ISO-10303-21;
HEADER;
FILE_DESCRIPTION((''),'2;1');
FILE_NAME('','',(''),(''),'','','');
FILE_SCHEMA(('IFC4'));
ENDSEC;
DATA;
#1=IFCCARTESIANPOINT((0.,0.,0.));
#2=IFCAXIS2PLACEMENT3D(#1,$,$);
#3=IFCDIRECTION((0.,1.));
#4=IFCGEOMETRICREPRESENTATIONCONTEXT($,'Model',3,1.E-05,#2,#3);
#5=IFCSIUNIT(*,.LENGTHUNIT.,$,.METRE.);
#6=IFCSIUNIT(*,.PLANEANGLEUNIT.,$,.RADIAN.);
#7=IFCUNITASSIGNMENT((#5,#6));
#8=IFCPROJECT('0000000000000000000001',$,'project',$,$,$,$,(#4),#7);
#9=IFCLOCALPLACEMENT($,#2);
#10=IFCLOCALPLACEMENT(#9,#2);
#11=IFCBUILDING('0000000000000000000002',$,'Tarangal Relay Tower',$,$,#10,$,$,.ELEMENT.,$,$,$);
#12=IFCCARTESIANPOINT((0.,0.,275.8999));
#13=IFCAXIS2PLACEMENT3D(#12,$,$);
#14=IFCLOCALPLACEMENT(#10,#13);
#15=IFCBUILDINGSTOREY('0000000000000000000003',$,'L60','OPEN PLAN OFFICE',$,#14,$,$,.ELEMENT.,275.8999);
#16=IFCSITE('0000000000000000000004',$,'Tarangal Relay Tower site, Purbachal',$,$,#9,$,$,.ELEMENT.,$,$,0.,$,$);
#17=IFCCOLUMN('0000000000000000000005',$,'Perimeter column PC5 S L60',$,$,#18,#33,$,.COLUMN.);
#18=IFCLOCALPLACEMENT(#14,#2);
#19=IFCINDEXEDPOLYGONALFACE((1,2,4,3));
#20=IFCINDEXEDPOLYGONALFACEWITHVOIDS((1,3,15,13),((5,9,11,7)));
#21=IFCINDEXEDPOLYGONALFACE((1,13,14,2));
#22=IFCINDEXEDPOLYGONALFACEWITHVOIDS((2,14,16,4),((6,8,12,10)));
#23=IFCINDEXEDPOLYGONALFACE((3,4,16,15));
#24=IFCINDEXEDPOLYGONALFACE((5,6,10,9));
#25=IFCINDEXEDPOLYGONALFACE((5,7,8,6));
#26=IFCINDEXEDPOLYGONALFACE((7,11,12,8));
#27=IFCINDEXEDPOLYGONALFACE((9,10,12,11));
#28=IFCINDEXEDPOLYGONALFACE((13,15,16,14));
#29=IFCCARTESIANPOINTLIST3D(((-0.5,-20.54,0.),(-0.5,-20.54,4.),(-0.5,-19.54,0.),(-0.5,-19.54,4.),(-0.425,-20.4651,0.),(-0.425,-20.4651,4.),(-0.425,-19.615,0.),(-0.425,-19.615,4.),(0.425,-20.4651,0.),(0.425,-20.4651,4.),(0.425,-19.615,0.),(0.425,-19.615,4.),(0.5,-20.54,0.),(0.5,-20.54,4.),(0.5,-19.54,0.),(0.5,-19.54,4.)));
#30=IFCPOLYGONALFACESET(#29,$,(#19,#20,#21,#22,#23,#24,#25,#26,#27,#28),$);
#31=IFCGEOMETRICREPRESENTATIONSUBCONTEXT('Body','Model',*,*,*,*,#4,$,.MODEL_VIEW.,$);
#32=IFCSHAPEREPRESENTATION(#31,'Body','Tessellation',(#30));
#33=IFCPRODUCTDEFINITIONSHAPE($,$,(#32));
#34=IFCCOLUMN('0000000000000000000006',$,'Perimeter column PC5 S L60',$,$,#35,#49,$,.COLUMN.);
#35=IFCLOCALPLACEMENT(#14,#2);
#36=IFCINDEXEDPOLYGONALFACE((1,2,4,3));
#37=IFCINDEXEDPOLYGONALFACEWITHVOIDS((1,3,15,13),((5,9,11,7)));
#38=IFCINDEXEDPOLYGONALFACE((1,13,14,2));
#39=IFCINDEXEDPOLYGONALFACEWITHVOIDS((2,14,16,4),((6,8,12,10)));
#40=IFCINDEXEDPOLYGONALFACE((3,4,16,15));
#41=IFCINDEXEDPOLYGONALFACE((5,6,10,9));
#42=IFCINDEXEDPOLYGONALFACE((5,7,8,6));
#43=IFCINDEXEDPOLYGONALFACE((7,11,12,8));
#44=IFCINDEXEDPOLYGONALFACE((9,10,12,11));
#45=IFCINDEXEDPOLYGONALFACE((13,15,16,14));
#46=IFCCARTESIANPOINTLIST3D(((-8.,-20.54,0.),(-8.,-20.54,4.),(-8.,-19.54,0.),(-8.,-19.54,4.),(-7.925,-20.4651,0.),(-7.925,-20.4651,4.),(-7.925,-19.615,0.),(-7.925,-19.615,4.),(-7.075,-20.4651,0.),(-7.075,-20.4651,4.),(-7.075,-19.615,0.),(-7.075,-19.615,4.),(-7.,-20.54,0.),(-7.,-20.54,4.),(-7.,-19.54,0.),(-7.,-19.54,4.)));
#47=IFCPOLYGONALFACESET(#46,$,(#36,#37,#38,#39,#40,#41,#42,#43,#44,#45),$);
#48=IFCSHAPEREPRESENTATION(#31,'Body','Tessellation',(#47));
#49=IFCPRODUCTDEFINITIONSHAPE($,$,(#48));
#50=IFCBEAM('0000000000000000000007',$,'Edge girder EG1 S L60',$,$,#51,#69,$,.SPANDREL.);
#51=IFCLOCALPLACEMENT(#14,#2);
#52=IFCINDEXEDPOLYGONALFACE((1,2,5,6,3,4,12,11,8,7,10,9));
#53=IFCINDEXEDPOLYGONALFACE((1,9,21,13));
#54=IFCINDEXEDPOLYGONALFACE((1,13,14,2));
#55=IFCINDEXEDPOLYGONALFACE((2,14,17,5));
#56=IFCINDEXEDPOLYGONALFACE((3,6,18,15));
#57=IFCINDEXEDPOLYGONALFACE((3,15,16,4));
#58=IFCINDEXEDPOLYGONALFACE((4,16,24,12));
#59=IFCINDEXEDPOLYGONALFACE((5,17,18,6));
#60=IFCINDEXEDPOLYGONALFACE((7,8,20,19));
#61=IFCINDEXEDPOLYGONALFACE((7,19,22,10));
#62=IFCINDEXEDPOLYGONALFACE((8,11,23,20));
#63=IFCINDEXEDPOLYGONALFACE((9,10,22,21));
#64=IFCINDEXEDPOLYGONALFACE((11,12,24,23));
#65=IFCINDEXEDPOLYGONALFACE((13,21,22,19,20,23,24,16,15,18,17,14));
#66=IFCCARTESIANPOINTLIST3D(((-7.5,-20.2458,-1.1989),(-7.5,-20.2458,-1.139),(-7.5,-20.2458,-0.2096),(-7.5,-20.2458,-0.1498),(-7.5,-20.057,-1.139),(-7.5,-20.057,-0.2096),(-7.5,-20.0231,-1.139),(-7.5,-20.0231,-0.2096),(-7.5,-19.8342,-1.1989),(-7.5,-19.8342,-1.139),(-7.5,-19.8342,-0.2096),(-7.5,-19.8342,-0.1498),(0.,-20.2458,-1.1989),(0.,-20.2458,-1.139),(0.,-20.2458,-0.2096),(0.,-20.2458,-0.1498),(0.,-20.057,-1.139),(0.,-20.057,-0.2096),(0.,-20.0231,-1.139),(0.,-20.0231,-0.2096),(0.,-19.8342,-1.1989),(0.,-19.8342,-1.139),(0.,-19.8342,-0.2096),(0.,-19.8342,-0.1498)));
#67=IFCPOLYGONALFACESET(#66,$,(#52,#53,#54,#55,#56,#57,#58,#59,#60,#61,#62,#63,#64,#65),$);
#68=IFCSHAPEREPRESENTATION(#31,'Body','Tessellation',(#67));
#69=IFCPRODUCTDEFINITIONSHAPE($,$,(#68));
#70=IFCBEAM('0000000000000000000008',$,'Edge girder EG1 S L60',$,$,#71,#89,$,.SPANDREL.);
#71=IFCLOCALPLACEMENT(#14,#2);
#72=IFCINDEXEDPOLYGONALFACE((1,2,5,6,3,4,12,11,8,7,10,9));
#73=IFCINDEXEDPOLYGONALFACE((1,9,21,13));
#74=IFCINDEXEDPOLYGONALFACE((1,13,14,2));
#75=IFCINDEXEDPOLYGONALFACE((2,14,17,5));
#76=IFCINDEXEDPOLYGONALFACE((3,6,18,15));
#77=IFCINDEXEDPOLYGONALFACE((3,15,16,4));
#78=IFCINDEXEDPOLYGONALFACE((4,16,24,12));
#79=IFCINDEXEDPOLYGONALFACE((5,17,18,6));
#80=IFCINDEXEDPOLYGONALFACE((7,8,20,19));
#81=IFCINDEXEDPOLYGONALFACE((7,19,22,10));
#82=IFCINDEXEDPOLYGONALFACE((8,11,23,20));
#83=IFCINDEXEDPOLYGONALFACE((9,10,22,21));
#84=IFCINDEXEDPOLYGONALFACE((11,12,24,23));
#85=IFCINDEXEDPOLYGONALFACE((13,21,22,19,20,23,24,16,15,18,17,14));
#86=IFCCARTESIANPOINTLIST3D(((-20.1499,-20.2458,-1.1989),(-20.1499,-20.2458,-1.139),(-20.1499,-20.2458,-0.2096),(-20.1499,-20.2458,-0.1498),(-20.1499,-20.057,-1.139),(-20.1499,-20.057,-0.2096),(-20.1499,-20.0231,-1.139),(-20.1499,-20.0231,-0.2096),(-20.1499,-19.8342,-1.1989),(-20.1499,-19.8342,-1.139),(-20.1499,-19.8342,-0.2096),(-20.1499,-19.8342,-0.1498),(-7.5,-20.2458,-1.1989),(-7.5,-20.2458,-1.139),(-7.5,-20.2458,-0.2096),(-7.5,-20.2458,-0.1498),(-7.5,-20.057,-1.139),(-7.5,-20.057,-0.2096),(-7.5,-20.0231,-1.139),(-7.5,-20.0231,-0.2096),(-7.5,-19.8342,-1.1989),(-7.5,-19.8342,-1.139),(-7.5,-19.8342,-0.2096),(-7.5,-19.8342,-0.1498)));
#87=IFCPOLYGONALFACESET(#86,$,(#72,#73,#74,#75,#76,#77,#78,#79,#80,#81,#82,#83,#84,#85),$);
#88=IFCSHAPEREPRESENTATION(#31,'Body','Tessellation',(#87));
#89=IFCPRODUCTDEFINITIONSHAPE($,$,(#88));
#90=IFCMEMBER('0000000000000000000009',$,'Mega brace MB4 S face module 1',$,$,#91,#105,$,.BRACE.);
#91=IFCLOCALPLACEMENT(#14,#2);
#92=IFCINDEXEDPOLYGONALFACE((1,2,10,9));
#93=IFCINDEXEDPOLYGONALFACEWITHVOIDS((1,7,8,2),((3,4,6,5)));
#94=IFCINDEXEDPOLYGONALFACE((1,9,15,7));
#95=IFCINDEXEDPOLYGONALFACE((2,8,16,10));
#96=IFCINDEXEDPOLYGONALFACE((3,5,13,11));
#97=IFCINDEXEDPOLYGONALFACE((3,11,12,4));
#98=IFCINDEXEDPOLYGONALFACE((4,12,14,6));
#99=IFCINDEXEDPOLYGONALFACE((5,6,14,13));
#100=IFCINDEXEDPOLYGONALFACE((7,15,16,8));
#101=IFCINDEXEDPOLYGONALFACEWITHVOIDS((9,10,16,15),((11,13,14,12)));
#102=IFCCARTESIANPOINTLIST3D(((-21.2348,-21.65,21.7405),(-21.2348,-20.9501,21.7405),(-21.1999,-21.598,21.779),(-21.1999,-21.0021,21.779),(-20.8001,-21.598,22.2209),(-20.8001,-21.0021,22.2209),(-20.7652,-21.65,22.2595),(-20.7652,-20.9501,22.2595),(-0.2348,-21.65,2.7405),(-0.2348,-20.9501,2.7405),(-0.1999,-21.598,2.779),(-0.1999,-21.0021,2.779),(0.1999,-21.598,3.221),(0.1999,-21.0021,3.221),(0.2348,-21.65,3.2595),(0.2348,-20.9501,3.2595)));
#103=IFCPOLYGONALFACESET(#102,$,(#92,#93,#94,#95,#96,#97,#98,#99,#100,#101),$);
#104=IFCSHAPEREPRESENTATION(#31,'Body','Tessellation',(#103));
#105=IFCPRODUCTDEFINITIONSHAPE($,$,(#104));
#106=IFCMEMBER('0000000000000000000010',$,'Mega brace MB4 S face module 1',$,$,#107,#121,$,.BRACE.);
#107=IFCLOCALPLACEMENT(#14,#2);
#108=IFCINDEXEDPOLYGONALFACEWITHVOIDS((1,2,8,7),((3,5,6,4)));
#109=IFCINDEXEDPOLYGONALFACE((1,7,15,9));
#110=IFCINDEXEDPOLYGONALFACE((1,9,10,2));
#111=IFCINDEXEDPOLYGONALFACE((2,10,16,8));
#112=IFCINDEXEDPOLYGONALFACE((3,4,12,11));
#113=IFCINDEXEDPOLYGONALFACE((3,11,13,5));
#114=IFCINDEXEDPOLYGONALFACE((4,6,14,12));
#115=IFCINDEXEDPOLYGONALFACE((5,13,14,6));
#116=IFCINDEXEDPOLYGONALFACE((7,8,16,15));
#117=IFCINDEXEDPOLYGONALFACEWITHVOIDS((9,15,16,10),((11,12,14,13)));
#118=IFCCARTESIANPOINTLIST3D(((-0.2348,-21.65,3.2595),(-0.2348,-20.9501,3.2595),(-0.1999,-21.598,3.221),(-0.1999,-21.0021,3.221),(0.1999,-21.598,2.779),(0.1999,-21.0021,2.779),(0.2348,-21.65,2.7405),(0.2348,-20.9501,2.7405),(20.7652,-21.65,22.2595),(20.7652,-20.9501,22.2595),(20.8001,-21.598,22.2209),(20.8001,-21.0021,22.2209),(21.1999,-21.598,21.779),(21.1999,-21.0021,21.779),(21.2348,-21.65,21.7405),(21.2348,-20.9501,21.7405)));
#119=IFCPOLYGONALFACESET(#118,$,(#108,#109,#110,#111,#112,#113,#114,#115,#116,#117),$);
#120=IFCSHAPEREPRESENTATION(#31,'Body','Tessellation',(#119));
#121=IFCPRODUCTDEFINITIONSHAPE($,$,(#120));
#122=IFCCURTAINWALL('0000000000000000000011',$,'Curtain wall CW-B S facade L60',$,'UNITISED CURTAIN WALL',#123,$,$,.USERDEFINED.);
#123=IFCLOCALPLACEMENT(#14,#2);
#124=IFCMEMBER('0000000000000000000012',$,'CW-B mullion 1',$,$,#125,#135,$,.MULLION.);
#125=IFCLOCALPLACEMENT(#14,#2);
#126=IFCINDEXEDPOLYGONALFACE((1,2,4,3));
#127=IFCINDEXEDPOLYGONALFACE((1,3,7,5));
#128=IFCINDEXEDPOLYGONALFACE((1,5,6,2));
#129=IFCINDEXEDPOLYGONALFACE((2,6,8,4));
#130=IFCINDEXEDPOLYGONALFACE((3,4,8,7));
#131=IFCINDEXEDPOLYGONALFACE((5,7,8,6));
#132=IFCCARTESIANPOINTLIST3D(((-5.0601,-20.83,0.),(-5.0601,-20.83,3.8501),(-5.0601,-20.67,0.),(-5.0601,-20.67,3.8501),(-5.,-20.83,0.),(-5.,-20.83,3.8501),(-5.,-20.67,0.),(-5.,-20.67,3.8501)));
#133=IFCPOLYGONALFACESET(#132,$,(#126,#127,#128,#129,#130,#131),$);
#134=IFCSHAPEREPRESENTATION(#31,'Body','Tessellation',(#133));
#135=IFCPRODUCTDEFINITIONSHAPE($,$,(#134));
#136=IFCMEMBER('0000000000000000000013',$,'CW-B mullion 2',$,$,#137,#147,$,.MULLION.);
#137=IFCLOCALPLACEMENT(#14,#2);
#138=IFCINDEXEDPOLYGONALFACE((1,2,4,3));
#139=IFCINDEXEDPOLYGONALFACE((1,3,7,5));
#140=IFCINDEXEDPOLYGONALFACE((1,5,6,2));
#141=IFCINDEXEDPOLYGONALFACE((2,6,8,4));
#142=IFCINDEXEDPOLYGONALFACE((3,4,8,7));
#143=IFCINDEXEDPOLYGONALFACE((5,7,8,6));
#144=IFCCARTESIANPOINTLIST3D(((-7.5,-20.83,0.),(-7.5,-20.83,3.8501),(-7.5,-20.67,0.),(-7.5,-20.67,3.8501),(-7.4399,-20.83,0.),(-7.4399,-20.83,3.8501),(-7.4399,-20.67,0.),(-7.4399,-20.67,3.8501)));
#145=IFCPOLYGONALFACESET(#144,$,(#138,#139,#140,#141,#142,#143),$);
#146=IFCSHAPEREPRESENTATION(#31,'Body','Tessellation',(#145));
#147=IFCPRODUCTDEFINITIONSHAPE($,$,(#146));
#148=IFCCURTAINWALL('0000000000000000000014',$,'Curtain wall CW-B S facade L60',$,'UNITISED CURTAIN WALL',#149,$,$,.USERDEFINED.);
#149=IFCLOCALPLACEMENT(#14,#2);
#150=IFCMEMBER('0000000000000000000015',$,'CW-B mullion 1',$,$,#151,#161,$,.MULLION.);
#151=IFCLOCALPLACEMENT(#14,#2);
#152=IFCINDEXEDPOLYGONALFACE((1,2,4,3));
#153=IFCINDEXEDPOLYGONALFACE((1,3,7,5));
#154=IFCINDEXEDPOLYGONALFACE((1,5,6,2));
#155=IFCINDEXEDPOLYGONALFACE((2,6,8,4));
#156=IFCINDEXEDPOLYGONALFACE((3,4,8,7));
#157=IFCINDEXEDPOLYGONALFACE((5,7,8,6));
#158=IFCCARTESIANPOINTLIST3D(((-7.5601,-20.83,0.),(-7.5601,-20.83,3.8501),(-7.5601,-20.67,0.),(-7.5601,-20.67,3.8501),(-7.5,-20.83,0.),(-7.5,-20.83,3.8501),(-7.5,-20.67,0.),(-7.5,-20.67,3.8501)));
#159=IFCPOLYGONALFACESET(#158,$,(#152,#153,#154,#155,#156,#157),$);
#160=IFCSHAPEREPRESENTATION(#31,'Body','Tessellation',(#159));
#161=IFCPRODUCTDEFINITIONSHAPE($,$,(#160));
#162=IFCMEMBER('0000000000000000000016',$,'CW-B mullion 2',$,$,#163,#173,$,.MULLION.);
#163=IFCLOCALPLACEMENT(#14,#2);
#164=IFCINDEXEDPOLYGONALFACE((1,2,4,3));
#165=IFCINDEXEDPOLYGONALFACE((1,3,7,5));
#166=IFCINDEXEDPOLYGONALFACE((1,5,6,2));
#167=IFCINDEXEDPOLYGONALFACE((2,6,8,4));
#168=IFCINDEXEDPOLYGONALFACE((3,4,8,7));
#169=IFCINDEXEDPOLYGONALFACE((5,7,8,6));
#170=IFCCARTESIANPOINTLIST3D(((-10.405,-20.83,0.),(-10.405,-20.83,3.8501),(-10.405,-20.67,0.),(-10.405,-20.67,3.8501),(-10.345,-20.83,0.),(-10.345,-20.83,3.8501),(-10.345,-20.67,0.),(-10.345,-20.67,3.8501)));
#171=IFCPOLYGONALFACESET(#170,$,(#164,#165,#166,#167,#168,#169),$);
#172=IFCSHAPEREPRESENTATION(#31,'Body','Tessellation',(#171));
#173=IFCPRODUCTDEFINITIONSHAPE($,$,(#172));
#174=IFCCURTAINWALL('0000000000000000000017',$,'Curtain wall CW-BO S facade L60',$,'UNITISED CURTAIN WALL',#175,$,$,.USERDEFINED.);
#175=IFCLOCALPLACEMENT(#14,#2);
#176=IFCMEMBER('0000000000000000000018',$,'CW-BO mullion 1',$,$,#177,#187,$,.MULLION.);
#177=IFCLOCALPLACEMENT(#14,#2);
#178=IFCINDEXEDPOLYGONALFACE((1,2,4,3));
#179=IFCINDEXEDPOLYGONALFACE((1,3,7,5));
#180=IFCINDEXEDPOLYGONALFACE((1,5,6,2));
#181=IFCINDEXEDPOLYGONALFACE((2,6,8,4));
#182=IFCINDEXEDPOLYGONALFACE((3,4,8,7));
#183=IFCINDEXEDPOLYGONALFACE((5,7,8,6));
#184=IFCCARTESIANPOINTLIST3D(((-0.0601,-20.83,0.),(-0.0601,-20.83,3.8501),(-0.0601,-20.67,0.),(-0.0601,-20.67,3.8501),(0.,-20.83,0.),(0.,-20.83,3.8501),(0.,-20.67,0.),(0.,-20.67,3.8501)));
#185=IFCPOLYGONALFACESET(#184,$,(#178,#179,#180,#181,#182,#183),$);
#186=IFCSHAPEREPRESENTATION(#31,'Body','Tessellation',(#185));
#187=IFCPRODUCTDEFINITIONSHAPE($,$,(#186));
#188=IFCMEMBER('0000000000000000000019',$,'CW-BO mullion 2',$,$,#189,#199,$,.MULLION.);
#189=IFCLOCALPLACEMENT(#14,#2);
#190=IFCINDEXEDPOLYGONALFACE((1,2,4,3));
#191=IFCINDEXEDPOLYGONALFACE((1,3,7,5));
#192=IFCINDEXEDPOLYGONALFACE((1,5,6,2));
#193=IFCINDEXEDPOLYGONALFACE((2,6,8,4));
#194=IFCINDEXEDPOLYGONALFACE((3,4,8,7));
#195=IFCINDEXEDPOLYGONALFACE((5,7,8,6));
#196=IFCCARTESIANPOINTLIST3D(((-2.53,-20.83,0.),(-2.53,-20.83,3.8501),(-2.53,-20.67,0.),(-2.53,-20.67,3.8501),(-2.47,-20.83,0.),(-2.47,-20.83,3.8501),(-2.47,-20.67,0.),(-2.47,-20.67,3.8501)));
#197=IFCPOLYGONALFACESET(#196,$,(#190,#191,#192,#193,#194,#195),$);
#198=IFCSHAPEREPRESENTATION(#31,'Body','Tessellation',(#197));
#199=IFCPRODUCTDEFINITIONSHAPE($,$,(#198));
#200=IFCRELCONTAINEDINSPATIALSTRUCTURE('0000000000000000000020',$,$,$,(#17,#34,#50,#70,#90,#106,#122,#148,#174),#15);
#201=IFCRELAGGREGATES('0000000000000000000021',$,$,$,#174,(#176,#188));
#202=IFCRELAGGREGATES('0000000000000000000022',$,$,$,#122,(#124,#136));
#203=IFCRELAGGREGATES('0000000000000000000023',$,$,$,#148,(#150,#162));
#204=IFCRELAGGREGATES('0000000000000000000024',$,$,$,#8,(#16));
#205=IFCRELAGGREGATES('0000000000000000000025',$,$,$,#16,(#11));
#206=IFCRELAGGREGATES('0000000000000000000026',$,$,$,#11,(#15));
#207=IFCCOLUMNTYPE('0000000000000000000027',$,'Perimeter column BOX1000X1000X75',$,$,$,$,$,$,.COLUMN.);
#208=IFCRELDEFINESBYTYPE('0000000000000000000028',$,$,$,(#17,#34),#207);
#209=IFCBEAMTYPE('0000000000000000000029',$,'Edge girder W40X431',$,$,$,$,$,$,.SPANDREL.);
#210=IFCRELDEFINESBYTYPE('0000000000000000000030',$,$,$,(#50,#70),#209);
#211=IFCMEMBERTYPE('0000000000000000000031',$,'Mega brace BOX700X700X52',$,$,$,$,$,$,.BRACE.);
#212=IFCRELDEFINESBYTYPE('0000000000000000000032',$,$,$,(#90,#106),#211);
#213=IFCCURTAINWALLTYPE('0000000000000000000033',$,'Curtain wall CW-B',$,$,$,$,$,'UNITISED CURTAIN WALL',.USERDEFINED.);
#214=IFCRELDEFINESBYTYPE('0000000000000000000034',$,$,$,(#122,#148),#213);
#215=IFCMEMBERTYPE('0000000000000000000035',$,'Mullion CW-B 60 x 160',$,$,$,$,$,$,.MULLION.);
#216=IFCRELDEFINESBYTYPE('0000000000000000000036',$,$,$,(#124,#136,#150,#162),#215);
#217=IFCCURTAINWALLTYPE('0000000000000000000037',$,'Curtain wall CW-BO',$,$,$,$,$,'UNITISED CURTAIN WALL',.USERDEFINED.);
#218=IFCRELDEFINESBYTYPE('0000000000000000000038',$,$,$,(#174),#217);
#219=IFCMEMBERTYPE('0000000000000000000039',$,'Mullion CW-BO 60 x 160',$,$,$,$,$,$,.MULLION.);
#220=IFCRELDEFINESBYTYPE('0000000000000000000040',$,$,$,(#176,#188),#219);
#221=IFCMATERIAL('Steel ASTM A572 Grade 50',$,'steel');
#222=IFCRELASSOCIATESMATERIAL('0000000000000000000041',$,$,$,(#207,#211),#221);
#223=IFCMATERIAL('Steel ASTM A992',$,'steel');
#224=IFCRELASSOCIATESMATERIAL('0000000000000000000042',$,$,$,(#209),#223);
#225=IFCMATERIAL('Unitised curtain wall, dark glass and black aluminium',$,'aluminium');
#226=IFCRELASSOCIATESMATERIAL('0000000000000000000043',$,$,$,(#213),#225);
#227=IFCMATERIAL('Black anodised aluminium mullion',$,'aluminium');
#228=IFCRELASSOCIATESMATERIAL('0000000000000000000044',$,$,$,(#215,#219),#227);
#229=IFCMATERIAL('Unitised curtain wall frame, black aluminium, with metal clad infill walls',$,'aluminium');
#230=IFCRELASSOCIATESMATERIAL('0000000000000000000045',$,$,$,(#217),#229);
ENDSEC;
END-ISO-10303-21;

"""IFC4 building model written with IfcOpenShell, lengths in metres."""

from ifc_helpers import new_model, si_unit, direction, frame, origin, origin_2d, place, context, subcontext, project, spatial, rectangle, hollow_rectangle, i_section, extrude, material, material_profile, profile_set, type_object, element, aggregate, save


model = new_model("IFC4")

# Units and contexts
model_context = context("Model", 3, precision=1e-05, world=origin(), true_north=direction((0.0, 1.0)))
body_context = subcontext(model_context, "Body", "Model", "MODEL_VIEW")
ifc_project = project(units=[si_unit("LENGTHUNIT", "METRE"), si_unit("PLANEANGLEUNIT", "RADIAN")], contexts=[model_context])

# Site, building, storey
site_placement = place(None, origin())
site = spatial("IfcSite", under=ifc_project, at=site_placement, Name="Tarangal Relay Tower site, Purbachal", CompositionType="ELEMENT", RefElevation=0.0)
building_placement = place(site_placement, origin())
building = spatial("IfcBuilding", under=site, at=building_placement, Name="Tarangal Relay Tower", CompositionType="ELEMENT")
storey_placement = place(building_placement, frame((0.0, 0.0, 275.8999)))
storey = spatial("IfcBuildingStorey", under=building, at=storey_placement, Name="L60", Description="OPEN PLAN OFFICE", CompositionType="ELEMENT", Elevation=275.8999)

# Columns
ifc_material_1 = material(Name="Steel ASTM A572 Grade 50", Category="steel")
ifc_material_profile_1 = material_profile(ifc_material_1, hollow_rectangle(XDim=1.0, YDim=1.0, WallThickness=0.075, at=origin_2d()), Name="BOX1000X1000X75")
ifc_profile_set_1 = profile_set([ifc_material_profile_1], Name="Steel ASTM A572 Grade 50")
column_type = type_object("IfcColumnType", Name="Perimeter column BOX1000X1000X75", PredefinedType="COLUMN", material=ifc_profile_set_1)
for number, where, z_axis, x_axis, name in (
    (1, (0.0, -20.04, 0.0), (0.0, 0.0, 1.0), (1.0, 0.0, 0.0), "Perimeter column PC5 S L60"),
    (2, (-7.5, -20.04, 0.0), (0.0, 0.0, 1.0), (1.0, 0.0, 0.0), "Perimeter column PC5 S L60"),
):
    element("IfcColumn", number, at=place(storey_placement, frame(where, z_axis=z_axis, x_axis=x_axis)), inside=storey, type_object=column_type, Name=name, PredefinedType="COLUMN", context=body_context, shape_type="SweptSolid", body=[
        extrude(hollow_rectangle(XDim=1.0, YDim=1.0, WallThickness=0.075, at=origin_2d()), origin(), (0.0, 0.0, 1.0), 4.0),
    ])

# Beams
ifc_material_2 = material(Name="Steel ASTM A992", Category="steel")
ifc_material_profile_2 = material_profile(ifc_material_2, i_section(OverallWidth=0.4116, OverallDepth=1.0491, WebThickness=0.0339, FlangeThickness=0.0598, at=origin_2d()), Name="W40X431")
ifc_profile_set_2 = profile_set([ifc_material_profile_2], Name="Steel ASTM A992")
beam_type = type_object("IfcBeamType", Name="Edge girder W40X431", PredefinedType="SPANDREL", material=ifc_profile_set_2)
beam_1_placement = place(storey_placement, frame((0.0, -20.04, -0.6743), z_axis=(-1.0, 0.0, 0.0), x_axis=(0.0, -1.0, 0.0)))
element("IfcBeam", 3, at=beam_1_placement, inside=storey, type_object=beam_type, Name="Edge girder EG1 S L60", PredefinedType="SPANDREL", context=body_context, shape_type="SweptSolid", body=[
    extrude(i_section(OverallWidth=0.4116, OverallDepth=1.0491, WebThickness=0.0339, FlangeThickness=0.0598, at=origin_2d()), origin(), (0.0, 0.0, 1.0), 7.5),
])
beam_2_placement = place(storey_placement, frame((-7.5, -20.04, -0.6743), z_axis=(-1.0, 0.0, 0.0), x_axis=(0.0, -1.0, 0.0)))
element("IfcBeam", 4, at=beam_2_placement, inside=storey, type_object=beam_type, Name="Edge girder EG1 S L60", PredefinedType="SPANDREL", context=body_context, shape_type="SweptSolid", body=[
    extrude(i_section(OverallWidth=0.4116, OverallDepth=1.0491, WebThickness=0.0339, FlangeThickness=0.0598, at=origin_2d()), origin(), (0.0, 0.0, 1.0), 12.6499),
])

# Members
ifc_material_profile_3 = material_profile(ifc_material_1, hollow_rectangle(XDim=0.7, YDim=0.7, WallThickness=0.052, at=origin_2d()), Name="BOX700X700X52")
ifc_profile_set_3 = profile_set([ifc_material_profile_3], Name="Steel ASTM A572 Grade 50")
member_type_1 = type_object("IfcMemberType", Name="Mega brace BOX700X700X52", PredefinedType="BRACE", material=ifc_profile_set_3)
for number, where, z_axis, x_axis, name in (
    (5, (0.0, -21.3, 3.0), (-0.741536, 0.0, 0.670913), (0.0, -1.0, 0.0), "Mega brace MB4 S face module 1"),
    (6, (0.0, -21.3, 3.0), (0.741536, 0.0, 0.670913), (0.0, 1.0, 0.0), "Mega brace MB4 S face module 1"),
):
    element("IfcMember", number, at=place(storey_placement, frame(where, z_axis=z_axis, x_axis=x_axis)), inside=storey, type_object=member_type_1, Name=name, PredefinedType="BRACE", context=body_context, shape_type="SweptSolid", body=[
        extrude(hollow_rectangle(XDim=0.7, YDim=0.7, WallThickness=0.052, at=origin_2d()), origin(), (0.0, 0.0, 1.0), 28.3196),
    ])

# Curtain walls, members
ifc_material_3 = material(Name="Unitised curtain wall, dark glass and black aluminium", Category="aluminium")
curtain_wall_type_1 = type_object("IfcCurtainWallType", Name="Curtain wall CW-B", ElementType="UNITISED CURTAIN WALL", PredefinedType="USERDEFINED", material=ifc_material_3)
curtain_wall_1_placement = place(storey_placement, origin())
curtain_wall_1 = element("IfcCurtainWall", 7, at=curtain_wall_1_placement, inside=storey, type_object=curtain_wall_type_1, Name="Curtain wall CW-B S facade L60", ObjectType="UNITISED CURTAIN WALL", PredefinedType="USERDEFINED")
ifc_material_4 = material(Name="Black anodised aluminium mullion", Category="aluminium")
ifc_material_profile_4 = material_profile(ifc_material_4, rectangle(XDim=0.1599, YDim=0.0601, at=origin_2d()), Name="CW-BM 60X160")
ifc_profile_set_4 = profile_set([ifc_material_profile_4], Name="Black anodised aluminium mullion")
member_type_2 = type_object("IfcMemberType", Name="Mullion CW-B 60 x 160", PredefinedType="MULLION", material=ifc_profile_set_4)
member_1_placement = place(storey_placement, frame((-5.03, -20.75, 0.0), z_axis=(0.0, 0.0, 1.0), x_axis=(0.0, -1.0, 0.0)))
member_1 = element("IfcMember", 8, at=member_1_placement, type_object=member_type_2, Name="CW-B mullion 1", PredefinedType="MULLION", context=body_context, shape_type="SweptSolid", body=[
    extrude(rectangle(XDim=0.1599, YDim=0.0601, at=origin_2d()), origin(), (0.0, 0.0, 1.0), 3.8501),
])
member_2_placement = place(storey_placement, frame((-7.47, -20.75, 0.0), z_axis=(0.0, 0.0, 1.0), x_axis=(0.0, -1.0, 0.0)))
member_2 = element("IfcMember", 9, at=member_2_placement, type_object=member_type_2, Name="CW-B mullion 2", PredefinedType="MULLION", context=body_context, shape_type="SweptSolid", body=[
    extrude(rectangle(XDim=0.1599, YDim=0.0601, at=origin_2d()), origin(), (0.0, 0.0, 1.0), 3.8501),
])
curtain_wall_2_placement = place(storey_placement, origin())
curtain_wall_2 = element("IfcCurtainWall", 10, at=curtain_wall_2_placement, inside=storey, type_object=curtain_wall_type_1, Name="Curtain wall CW-B S facade L60", ObjectType="UNITISED CURTAIN WALL", PredefinedType="USERDEFINED")
member_3_placement = place(storey_placement, frame((-7.53, -20.75, 0.0), z_axis=(0.0, 0.0, 1.0), x_axis=(0.0, -1.0, 0.0)))
member_3 = element("IfcMember", 11, at=member_3_placement, type_object=member_type_2, Name="CW-B mullion 1", PredefinedType="MULLION", context=body_context, shape_type="SweptSolid", body=[
    extrude(rectangle(XDim=0.1599, YDim=0.0601, at=origin_2d()), origin(), (0.0, 0.0, 1.0), 3.8501),
])
member_4_placement = place(storey_placement, frame((-10.375, -20.75, 0.0), z_axis=(0.0, 0.0, 1.0), x_axis=(0.0, -1.0, 0.0)))
member_4 = element("IfcMember", 12, at=member_4_placement, type_object=member_type_2, Name="CW-B mullion 2", PredefinedType="MULLION", context=body_context, shape_type="SweptSolid", body=[
    extrude(rectangle(XDim=0.1599, YDim=0.0601, at=origin_2d()), origin(), (0.0, 0.0, 1.0), 3.8501),
])
ifc_material_5 = material(Name="Unitised curtain wall frame, black aluminium, with metal clad infill walls", Category="aluminium")
curtain_wall_type_2 = type_object("IfcCurtainWallType", Name="Curtain wall CW-BO", ElementType="UNITISED CURTAIN WALL", PredefinedType="USERDEFINED", material=ifc_material_5)
curtain_wall_3_placement = place(storey_placement, origin())
curtain_wall_3 = element("IfcCurtainWall", 13, at=curtain_wall_3_placement, inside=storey, type_object=curtain_wall_type_2, Name="Curtain wall CW-BO S facade L60", ObjectType="UNITISED CURTAIN WALL", PredefinedType="USERDEFINED")
ifc_material_profile_5 = material_profile(ifc_material_4, rectangle(XDim=0.1599, YDim=0.0601, at=origin_2d()), Name="CW-BOM 60X160")
ifc_profile_set_5 = profile_set([ifc_material_profile_5], Name="Black anodised aluminium mullion")
member_type_3 = type_object("IfcMemberType", Name="Mullion CW-BO 60 x 160", PredefinedType="MULLION", material=ifc_profile_set_5)
member_5_placement = place(storey_placement, frame((-0.03, -20.75, 0.0), z_axis=(0.0, 0.0, 1.0), x_axis=(0.0, -1.0, 0.0)))
member_5 = element("IfcMember", 14, at=member_5_placement, type_object=member_type_3, Name="CW-BO mullion 1", PredefinedType="MULLION", context=body_context, shape_type="SweptSolid", body=[
    extrude(rectangle(XDim=0.1599, YDim=0.0601, at=origin_2d()), origin(), (0.0, 0.0, 1.0), 3.8501),
])
member_6_placement = place(storey_placement, frame((-2.5, -20.75, 0.0), z_axis=(0.0, 0.0, 1.0), x_axis=(0.0, -1.0, 0.0)))
member_6 = element("IfcMember", 15, at=member_6_placement, type_object=member_type_3, Name="CW-BO mullion 2", PredefinedType="MULLION", context=body_context, shape_type="SweptSolid", body=[
    extrude(rectangle(XDim=0.1599, YDim=0.0601, at=origin_2d()), origin(), (0.0, 0.0, 1.0), 3.8501),
])

aggregate(curtain_wall_3, [member_5, member_6])

aggregate(curtain_wall_1, [member_1, member_2])
aggregate(curtain_wall_2, [member_3, member_4])

save(model, "model.ifc")
